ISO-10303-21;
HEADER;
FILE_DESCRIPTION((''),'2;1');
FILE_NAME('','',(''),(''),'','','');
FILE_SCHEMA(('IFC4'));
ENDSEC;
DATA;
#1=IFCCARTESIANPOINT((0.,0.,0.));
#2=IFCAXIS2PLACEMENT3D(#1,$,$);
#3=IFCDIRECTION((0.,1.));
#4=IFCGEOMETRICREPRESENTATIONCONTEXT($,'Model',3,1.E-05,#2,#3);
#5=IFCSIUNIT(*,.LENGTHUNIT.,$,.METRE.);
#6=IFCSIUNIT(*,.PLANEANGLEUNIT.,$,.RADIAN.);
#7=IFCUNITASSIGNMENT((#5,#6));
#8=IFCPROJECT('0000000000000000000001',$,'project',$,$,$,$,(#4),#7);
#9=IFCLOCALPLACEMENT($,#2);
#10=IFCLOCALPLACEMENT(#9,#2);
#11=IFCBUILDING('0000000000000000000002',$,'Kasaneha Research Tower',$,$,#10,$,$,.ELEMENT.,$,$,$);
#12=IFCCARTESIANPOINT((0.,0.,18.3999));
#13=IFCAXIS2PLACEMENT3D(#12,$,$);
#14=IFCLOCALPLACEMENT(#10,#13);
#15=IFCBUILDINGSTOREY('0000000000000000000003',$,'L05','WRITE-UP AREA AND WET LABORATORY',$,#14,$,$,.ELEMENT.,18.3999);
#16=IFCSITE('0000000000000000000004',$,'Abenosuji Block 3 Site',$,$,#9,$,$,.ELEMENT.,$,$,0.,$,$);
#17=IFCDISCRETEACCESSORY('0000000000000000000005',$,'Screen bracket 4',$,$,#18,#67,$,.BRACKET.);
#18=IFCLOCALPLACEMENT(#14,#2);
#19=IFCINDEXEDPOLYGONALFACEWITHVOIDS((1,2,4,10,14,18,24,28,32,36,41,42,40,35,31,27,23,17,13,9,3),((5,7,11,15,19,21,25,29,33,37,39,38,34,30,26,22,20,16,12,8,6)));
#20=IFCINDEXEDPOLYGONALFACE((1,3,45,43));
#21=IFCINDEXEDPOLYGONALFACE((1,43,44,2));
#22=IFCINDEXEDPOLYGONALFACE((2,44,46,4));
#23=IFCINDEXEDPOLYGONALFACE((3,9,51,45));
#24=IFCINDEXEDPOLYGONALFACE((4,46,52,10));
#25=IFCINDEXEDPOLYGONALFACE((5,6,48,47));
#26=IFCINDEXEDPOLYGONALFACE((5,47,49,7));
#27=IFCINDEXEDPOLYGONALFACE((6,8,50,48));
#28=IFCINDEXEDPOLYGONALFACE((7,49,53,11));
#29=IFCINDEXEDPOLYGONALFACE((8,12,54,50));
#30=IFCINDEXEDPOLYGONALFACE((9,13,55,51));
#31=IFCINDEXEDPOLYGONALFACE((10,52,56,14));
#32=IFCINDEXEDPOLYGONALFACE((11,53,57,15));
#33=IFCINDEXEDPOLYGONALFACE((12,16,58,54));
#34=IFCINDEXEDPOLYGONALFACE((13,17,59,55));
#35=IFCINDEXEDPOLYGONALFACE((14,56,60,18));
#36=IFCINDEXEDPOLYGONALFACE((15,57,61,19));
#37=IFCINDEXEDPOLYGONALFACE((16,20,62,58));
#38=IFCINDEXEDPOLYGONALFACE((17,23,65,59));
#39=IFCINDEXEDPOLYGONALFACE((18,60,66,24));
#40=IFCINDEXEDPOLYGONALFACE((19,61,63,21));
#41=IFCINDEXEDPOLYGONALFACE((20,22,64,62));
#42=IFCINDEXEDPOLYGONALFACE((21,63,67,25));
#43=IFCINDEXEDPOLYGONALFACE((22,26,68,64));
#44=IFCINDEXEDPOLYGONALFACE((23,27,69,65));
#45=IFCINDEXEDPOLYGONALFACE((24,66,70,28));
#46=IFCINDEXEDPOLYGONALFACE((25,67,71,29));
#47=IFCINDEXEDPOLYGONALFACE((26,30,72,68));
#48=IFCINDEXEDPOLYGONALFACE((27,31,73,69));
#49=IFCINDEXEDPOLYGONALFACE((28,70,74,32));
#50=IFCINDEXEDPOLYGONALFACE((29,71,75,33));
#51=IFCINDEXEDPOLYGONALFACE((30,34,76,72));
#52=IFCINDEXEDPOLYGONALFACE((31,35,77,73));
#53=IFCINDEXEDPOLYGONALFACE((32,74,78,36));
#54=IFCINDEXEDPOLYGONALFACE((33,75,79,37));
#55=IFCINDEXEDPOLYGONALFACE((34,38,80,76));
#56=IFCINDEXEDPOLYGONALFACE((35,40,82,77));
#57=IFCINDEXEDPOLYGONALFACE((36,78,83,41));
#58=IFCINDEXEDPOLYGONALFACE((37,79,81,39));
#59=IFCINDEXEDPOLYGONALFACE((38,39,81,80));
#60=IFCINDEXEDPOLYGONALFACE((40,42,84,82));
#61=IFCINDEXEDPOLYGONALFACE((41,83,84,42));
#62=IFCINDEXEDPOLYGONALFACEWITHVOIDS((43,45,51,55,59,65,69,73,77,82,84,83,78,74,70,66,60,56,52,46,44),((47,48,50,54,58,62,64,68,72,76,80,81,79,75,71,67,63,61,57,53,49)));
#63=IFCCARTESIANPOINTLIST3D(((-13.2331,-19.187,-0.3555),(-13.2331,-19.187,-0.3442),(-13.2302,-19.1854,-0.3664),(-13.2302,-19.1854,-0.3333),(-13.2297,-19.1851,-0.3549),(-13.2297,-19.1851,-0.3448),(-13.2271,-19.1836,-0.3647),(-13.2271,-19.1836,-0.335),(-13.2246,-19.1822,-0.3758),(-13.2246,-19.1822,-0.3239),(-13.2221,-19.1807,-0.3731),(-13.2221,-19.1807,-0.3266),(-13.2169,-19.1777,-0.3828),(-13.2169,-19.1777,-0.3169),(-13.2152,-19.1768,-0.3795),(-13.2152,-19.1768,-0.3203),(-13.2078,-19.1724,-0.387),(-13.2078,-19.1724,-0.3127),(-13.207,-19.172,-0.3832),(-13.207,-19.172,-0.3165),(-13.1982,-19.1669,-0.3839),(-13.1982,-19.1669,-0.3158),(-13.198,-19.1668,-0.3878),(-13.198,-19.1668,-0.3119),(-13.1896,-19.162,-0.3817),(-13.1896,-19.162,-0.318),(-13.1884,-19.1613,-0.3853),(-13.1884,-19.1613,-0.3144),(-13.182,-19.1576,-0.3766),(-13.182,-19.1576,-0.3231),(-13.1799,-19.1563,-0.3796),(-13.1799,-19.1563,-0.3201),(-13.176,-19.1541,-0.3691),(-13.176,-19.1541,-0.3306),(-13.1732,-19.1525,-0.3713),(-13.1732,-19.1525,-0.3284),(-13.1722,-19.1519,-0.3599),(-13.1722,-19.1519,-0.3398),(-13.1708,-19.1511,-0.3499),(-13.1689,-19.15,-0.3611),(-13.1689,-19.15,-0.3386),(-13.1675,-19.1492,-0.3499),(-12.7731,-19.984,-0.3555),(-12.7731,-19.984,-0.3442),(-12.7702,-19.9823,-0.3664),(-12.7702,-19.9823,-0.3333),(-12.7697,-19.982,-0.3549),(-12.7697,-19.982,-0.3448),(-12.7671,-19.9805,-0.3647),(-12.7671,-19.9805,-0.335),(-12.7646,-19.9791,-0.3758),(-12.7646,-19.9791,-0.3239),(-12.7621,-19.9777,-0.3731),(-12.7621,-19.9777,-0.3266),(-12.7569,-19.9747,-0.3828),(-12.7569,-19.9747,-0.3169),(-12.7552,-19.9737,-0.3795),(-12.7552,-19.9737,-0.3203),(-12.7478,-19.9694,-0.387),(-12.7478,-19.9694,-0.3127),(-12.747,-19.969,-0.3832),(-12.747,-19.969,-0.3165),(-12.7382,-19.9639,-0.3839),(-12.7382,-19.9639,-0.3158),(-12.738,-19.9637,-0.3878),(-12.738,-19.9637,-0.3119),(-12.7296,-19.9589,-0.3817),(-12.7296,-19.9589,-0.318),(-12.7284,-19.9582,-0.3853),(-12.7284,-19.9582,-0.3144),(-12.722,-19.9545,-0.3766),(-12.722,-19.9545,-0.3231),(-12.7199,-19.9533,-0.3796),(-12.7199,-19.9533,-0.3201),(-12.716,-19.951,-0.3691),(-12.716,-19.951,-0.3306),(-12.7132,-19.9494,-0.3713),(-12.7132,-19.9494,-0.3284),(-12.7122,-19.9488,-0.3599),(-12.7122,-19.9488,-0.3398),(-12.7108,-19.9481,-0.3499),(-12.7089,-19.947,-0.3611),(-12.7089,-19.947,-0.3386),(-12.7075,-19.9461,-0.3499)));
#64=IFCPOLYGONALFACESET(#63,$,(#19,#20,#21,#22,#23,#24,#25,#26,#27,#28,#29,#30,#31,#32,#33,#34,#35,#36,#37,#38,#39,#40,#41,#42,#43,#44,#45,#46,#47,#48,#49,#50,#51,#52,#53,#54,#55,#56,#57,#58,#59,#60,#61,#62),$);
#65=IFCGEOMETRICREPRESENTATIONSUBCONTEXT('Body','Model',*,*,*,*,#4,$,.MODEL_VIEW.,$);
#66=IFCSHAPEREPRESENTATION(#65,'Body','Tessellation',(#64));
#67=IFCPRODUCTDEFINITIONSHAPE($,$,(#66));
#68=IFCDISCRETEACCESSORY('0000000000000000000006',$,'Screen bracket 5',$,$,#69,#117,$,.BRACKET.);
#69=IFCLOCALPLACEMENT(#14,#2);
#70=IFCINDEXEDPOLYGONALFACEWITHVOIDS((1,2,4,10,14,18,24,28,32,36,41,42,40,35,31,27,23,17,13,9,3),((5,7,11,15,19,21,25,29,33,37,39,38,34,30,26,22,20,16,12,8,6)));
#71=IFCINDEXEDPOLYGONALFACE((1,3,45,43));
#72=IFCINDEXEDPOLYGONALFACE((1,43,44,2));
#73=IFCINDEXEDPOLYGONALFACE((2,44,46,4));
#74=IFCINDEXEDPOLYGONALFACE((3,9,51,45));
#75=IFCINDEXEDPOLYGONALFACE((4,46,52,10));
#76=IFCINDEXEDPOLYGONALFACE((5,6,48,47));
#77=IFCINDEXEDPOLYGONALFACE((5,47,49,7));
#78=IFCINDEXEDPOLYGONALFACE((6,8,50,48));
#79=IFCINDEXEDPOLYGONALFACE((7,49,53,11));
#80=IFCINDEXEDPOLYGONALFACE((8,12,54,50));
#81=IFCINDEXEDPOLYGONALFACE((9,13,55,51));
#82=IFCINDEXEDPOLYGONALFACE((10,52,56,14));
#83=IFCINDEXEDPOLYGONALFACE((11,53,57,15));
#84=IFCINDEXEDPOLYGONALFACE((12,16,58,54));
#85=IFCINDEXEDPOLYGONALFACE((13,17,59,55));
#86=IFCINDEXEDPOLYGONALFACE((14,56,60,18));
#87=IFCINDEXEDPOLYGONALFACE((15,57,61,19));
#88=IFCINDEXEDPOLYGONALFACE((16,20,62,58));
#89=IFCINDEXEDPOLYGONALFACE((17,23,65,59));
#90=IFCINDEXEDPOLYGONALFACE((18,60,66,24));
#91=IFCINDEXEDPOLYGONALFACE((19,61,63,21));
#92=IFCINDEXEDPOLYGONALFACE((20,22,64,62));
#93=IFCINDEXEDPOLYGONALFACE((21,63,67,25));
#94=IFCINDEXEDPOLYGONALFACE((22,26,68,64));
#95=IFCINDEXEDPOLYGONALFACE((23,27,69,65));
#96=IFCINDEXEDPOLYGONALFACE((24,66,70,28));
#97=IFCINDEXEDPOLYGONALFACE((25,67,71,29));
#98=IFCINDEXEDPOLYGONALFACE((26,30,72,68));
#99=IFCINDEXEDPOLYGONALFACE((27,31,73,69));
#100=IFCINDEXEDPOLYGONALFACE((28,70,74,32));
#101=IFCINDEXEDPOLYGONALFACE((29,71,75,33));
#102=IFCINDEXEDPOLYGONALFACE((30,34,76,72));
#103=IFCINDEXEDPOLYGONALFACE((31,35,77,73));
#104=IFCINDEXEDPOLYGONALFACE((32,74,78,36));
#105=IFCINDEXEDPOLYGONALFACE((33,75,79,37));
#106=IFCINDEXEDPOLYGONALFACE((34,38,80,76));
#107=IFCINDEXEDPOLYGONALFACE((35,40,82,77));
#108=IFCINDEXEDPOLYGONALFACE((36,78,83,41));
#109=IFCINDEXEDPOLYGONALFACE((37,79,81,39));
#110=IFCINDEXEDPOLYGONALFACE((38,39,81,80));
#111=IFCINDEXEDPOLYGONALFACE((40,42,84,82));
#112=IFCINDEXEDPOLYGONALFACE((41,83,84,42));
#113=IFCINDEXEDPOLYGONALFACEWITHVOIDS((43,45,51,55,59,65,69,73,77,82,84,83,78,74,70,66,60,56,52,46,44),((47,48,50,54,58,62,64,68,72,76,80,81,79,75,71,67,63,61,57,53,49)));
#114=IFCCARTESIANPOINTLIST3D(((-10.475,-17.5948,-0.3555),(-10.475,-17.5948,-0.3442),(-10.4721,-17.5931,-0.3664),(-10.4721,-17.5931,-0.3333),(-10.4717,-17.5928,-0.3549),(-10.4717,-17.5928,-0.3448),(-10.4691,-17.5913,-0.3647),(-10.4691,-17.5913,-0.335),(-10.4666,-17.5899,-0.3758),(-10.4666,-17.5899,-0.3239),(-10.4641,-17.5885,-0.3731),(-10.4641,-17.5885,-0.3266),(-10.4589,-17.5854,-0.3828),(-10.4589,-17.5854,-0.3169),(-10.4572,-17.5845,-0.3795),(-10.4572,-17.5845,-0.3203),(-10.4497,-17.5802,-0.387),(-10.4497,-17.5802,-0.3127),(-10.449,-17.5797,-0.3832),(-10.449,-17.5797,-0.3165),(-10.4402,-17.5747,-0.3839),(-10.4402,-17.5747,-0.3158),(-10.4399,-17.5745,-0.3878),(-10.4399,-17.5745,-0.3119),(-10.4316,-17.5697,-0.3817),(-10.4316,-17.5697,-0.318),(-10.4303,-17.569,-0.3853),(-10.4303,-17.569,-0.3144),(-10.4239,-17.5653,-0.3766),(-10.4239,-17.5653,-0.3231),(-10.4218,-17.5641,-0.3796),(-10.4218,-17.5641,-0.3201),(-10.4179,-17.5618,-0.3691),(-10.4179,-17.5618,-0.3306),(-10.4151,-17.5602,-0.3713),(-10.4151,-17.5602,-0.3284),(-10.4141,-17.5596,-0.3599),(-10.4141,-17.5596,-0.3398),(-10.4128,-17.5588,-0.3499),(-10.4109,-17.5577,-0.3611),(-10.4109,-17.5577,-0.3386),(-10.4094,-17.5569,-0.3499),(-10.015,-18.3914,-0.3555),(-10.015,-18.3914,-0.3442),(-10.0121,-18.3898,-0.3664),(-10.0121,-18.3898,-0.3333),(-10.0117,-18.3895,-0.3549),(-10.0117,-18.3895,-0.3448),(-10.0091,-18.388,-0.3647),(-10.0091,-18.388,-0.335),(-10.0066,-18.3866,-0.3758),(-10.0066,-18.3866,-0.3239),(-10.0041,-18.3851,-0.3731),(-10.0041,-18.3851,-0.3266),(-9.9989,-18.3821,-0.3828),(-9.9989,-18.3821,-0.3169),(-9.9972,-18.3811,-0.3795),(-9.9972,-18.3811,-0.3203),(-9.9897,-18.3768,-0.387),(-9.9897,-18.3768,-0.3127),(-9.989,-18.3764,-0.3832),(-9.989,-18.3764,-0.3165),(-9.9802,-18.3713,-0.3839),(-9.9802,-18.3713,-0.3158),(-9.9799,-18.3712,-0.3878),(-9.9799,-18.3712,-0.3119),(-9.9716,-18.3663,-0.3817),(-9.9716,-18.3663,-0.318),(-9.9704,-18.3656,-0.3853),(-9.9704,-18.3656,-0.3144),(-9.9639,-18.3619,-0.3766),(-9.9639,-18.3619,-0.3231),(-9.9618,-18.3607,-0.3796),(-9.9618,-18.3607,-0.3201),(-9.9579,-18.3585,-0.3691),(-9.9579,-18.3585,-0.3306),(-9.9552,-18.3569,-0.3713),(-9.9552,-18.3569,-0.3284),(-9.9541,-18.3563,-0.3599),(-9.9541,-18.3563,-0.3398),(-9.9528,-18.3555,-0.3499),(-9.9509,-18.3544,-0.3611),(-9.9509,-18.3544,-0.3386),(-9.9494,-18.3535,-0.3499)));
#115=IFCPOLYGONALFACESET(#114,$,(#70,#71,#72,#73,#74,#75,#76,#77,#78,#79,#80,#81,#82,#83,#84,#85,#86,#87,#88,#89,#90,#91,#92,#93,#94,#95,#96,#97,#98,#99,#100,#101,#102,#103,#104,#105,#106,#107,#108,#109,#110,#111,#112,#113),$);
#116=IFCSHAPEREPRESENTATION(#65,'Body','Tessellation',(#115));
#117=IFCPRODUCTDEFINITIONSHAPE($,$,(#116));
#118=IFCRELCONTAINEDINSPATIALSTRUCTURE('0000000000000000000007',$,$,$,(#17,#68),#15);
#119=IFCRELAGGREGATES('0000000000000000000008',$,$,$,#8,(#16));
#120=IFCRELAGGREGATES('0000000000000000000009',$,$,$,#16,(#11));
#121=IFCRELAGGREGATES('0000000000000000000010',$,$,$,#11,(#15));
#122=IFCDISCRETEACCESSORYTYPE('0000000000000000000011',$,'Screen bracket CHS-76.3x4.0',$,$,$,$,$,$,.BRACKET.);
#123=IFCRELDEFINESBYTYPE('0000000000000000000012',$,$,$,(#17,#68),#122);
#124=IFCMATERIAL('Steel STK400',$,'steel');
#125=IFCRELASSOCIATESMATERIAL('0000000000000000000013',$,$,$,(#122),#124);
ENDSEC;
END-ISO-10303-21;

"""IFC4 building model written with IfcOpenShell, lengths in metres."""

from ifc_helpers import new_model, si_unit, direction, frame, origin, origin_2d, place, context, subcontext, project, spatial, hollow_circle, extrude, material, material_profile, profile_set, type_object, element, save


model = new_model("IFC4")

# Units and contexts
model_context = context("Model", 3, precision=1e-05, world=origin(), true_north=direction((0.0, 1.0)))
body_context = subcontext(model_context, "Body", "Model", "MODEL_VIEW")
ifc_project = project(units=[si_unit("LENGTHUNIT", "METRE"), si_unit("PLANEANGLEUNIT", "RADIAN")], contexts=[model_context])

# Site, building, storey
site_placement = place(None, origin())
site = spatial("IfcSite", under=ifc_project, at=site_placement, Name="Abenosuji Block 3 Site", CompositionType="ELEMENT", RefElevation=0.0)
building_placement = place(site_placement, origin())
building = spatial("IfcBuilding", under=site, at=building_placement, Name="Kasaneha Research Tower", CompositionType="ELEMENT")
storey_placement = place(building_placement, frame((0.0, 0.0, 18.3999)))
storey = spatial("IfcBuildingStorey", under=building, at=storey_placement, Name="L05", Description="WRITE-UP AREA AND WET LABORATORY", CompositionType="ELEMENT", Elevation=18.3999)

# Discrete accessories
ifc_material_1 = material(Name="Steel STK400", Category="steel")
ifc_material_profile_1 = material_profile(ifc_material_1, hollow_circle(Radius=0.0381, WallThickness=0.0039, at=origin_2d()), Name="CHS-76.3x4.0")
ifc_profile_set_1 = profile_set([ifc_material_profile_1], Name="Steel STK400")
discrete_accessory_type = type_object("IfcDiscreteAccessoryType", Name="Screen bracket CHS-76.3x4.0", PredefinedType="BRACKET", material=ifc_profile_set_1)
discrete_accessory_1_placement = place(storey_placement, frame((-13.2004, -19.1682, -0.3499), z_axis=(0.499906, -0.86608, 0.0), x_axis=(0.86608, 0.499906, 0.0)))
element("IfcDiscreteAccessory", 1, at=discrete_accessory_1_placement, inside=storey, type_object=discrete_accessory_type, Name="Screen bracket 4", PredefinedType="BRACKET", context=body_context, shape_type="SweptSolid", body=[
    extrude(hollow_circle(Radius=0.0381, WallThickness=0.0039, at=origin_2d()), origin(), (0.0, 0.0, 1.0), 0.9202),
])
discrete_accessory_2_placement = place(storey_placement, frame((-10.4424, -17.5759, -0.3499), z_axis=(0.500021, -0.866013, 0.0), x_axis=(0.866013, 0.500021, 0.0)))
element("IfcDiscreteAccessory", 2, at=discrete_accessory_2_placement, inside=storey, type_object=discrete_accessory_type, Name="Screen bracket 5", PredefinedType="BRACKET", context=body_context, shape_type="SweptSolid", body=[
    extrude(hollow_circle(Radius=0.0381, WallThickness=0.0039, at=origin_2d()), origin(), (0.0, 0.0, 1.0), 0.9199),
])

save(model, "model.ifc")
